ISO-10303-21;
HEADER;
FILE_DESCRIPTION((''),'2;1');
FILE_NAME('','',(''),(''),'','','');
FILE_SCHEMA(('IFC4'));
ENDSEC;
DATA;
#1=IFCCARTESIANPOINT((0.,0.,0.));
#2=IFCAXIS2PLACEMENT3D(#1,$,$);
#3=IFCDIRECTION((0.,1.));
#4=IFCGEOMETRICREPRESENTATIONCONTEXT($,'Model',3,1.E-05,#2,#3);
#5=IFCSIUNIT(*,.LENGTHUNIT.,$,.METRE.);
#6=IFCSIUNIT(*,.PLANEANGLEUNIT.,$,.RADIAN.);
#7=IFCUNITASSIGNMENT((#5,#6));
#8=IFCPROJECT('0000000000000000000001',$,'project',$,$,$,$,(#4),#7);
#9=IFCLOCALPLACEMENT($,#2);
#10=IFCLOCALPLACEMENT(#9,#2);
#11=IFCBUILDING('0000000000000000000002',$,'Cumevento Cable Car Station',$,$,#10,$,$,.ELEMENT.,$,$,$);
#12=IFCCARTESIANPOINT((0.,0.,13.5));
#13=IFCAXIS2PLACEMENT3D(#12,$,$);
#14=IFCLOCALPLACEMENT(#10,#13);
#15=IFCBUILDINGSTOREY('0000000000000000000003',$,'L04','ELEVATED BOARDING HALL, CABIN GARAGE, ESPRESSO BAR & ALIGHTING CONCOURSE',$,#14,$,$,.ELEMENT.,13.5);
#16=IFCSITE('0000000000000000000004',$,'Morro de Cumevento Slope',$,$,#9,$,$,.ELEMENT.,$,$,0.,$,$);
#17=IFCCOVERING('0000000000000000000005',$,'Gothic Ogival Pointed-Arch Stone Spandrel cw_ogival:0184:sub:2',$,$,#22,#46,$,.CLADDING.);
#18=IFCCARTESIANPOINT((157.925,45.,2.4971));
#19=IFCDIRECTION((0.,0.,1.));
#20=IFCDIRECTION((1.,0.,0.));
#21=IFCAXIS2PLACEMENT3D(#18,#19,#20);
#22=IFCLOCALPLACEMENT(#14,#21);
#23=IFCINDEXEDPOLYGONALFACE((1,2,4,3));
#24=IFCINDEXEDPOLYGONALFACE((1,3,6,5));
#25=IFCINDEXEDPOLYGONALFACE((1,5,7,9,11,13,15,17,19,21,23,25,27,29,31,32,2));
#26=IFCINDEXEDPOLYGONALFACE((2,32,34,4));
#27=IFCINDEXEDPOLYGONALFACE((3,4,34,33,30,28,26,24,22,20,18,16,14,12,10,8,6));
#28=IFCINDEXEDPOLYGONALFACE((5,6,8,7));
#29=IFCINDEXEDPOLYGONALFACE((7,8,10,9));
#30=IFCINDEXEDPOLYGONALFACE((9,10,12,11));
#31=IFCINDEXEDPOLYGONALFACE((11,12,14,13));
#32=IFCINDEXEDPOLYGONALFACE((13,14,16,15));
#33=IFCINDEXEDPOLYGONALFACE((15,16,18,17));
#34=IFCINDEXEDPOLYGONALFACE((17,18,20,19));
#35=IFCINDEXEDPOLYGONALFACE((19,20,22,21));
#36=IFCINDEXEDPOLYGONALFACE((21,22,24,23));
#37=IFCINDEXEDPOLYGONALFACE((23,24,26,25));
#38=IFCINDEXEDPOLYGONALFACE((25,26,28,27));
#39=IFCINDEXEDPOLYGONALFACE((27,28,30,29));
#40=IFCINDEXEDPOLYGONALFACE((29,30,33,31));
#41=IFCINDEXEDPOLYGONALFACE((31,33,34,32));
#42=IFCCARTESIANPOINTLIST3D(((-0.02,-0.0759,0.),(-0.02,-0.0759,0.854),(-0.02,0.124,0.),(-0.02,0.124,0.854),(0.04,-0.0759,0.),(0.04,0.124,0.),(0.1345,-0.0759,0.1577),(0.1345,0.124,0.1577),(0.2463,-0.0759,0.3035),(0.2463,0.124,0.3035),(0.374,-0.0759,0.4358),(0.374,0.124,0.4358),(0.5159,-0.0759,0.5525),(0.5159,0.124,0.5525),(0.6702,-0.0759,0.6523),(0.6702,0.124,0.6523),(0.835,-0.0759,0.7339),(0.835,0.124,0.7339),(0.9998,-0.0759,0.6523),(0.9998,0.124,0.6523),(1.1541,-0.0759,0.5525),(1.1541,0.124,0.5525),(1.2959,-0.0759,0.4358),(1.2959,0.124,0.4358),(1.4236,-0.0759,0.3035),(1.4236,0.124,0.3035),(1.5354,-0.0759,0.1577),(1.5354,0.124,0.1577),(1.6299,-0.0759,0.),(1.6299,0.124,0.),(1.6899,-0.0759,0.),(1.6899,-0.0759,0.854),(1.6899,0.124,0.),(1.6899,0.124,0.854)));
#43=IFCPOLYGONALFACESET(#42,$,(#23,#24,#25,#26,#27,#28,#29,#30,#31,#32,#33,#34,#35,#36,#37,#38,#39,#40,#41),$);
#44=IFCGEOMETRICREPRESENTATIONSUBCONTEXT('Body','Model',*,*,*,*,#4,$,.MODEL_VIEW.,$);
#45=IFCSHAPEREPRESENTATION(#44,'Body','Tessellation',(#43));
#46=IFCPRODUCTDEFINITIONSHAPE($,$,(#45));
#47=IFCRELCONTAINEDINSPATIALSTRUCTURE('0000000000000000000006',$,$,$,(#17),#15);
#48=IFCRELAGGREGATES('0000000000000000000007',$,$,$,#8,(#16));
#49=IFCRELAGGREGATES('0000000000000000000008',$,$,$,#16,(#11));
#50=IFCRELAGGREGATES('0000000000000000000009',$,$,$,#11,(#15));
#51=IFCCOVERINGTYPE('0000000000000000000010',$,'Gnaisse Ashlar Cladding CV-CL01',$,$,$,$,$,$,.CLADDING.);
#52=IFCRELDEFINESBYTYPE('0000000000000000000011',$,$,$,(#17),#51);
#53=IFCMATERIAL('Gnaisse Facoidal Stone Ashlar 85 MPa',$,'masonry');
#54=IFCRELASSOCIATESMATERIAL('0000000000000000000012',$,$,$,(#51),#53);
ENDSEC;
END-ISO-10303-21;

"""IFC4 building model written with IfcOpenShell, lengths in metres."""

from ifc_helpers import new_model, si_unit, direction, frame, origin, place, context, subcontext, project, spatial, polyline, outline, extrude, material, type_object, element, save


model = new_model("IFC4")

# Units and contexts
model_context = context("Model", 3, precision=1e-05, world=origin(), true_north=direction((0.0, 1.0)))
body_context = subcontext(model_context, "Body", "Model", "MODEL_VIEW")
ifc_project = project(units=[si_unit("LENGTHUNIT", "METRE"), si_unit("PLANEANGLEUNIT", "RADIAN")], contexts=[model_context])

# Site, building, storey
site_placement = place(None, origin())
site = spatial("IfcSite", under=ifc_project, at=site_placement, Name="Morro de Cumevento Slope", CompositionType="ELEMENT", RefElevation=0.0)
building_placement = place(site_placement, origin())
building = spatial("IfcBuilding", under=site, at=building_placement, Name="Cumevento Cable Car Station", CompositionType="ELEMENT")
storey_placement = place(building_placement, frame((0.0, 0.0, 13.5)))
storey = spatial("IfcBuildingStorey", under=building, at=storey_placement, Name="L04", Description="ELEVATED BOARDING HALL, CABIN GARAGE, ESPRESSO BAR & ALIGHTING CONCOURSE", CompositionType="ELEMENT", Elevation=13.5)

# Covering
ifc_material_1 = material(Name="Gnaisse Facoidal Stone Ashlar 85 MPa", Category="masonry")
covering_type = type_object("IfcCoveringType", Name="Gnaisse Ashlar Cladding CV-CL01", PredefinedType="CLADDING", material=ifc_material_1)
covering_1_placement = place(storey_placement, frame((157.925, 45.0, 2.4971), z_axis=(0.0, 0.0, 1.0), x_axis=(1.0, 0.0, 0.0)))
element("IfcCovering", 1, at=covering_1_placement, inside=storey, type_object=covering_type, Name="Gothic Ogival Pointed-Arch Stone Spandrel cw_ogival:0184:sub:2", PredefinedType="CLADDING", context=body_context, shape_type="SweptSolid", body=[
    extrude(outline(polyline([(-0.02, 0.0), (-0.02, 0.854), (1.6899, 0.854), (1.6899, 0.0), (1.6299, 0.0), (1.5354, 0.1577), (1.4236, 0.3035), (1.2959, 0.4358), (1.1541, 0.5525), (0.9998, 0.6523), (0.835, 0.7339), (0.6702, 0.6523), (0.5159, 0.5525), (0.374, 0.4358), (0.2463, 0.3035), (0.1345, 0.1577), (0.04, 0.0), (-0.02, 0.0)])), frame((0.0, 0.124, 0.0), z_axis=(0.0, -1.0, 0.0), x_axis=(1.0, 0.0, 0.0)), (0.0, 0.0, 1.0), 0.2),
])

save(model, "model.ifc")
